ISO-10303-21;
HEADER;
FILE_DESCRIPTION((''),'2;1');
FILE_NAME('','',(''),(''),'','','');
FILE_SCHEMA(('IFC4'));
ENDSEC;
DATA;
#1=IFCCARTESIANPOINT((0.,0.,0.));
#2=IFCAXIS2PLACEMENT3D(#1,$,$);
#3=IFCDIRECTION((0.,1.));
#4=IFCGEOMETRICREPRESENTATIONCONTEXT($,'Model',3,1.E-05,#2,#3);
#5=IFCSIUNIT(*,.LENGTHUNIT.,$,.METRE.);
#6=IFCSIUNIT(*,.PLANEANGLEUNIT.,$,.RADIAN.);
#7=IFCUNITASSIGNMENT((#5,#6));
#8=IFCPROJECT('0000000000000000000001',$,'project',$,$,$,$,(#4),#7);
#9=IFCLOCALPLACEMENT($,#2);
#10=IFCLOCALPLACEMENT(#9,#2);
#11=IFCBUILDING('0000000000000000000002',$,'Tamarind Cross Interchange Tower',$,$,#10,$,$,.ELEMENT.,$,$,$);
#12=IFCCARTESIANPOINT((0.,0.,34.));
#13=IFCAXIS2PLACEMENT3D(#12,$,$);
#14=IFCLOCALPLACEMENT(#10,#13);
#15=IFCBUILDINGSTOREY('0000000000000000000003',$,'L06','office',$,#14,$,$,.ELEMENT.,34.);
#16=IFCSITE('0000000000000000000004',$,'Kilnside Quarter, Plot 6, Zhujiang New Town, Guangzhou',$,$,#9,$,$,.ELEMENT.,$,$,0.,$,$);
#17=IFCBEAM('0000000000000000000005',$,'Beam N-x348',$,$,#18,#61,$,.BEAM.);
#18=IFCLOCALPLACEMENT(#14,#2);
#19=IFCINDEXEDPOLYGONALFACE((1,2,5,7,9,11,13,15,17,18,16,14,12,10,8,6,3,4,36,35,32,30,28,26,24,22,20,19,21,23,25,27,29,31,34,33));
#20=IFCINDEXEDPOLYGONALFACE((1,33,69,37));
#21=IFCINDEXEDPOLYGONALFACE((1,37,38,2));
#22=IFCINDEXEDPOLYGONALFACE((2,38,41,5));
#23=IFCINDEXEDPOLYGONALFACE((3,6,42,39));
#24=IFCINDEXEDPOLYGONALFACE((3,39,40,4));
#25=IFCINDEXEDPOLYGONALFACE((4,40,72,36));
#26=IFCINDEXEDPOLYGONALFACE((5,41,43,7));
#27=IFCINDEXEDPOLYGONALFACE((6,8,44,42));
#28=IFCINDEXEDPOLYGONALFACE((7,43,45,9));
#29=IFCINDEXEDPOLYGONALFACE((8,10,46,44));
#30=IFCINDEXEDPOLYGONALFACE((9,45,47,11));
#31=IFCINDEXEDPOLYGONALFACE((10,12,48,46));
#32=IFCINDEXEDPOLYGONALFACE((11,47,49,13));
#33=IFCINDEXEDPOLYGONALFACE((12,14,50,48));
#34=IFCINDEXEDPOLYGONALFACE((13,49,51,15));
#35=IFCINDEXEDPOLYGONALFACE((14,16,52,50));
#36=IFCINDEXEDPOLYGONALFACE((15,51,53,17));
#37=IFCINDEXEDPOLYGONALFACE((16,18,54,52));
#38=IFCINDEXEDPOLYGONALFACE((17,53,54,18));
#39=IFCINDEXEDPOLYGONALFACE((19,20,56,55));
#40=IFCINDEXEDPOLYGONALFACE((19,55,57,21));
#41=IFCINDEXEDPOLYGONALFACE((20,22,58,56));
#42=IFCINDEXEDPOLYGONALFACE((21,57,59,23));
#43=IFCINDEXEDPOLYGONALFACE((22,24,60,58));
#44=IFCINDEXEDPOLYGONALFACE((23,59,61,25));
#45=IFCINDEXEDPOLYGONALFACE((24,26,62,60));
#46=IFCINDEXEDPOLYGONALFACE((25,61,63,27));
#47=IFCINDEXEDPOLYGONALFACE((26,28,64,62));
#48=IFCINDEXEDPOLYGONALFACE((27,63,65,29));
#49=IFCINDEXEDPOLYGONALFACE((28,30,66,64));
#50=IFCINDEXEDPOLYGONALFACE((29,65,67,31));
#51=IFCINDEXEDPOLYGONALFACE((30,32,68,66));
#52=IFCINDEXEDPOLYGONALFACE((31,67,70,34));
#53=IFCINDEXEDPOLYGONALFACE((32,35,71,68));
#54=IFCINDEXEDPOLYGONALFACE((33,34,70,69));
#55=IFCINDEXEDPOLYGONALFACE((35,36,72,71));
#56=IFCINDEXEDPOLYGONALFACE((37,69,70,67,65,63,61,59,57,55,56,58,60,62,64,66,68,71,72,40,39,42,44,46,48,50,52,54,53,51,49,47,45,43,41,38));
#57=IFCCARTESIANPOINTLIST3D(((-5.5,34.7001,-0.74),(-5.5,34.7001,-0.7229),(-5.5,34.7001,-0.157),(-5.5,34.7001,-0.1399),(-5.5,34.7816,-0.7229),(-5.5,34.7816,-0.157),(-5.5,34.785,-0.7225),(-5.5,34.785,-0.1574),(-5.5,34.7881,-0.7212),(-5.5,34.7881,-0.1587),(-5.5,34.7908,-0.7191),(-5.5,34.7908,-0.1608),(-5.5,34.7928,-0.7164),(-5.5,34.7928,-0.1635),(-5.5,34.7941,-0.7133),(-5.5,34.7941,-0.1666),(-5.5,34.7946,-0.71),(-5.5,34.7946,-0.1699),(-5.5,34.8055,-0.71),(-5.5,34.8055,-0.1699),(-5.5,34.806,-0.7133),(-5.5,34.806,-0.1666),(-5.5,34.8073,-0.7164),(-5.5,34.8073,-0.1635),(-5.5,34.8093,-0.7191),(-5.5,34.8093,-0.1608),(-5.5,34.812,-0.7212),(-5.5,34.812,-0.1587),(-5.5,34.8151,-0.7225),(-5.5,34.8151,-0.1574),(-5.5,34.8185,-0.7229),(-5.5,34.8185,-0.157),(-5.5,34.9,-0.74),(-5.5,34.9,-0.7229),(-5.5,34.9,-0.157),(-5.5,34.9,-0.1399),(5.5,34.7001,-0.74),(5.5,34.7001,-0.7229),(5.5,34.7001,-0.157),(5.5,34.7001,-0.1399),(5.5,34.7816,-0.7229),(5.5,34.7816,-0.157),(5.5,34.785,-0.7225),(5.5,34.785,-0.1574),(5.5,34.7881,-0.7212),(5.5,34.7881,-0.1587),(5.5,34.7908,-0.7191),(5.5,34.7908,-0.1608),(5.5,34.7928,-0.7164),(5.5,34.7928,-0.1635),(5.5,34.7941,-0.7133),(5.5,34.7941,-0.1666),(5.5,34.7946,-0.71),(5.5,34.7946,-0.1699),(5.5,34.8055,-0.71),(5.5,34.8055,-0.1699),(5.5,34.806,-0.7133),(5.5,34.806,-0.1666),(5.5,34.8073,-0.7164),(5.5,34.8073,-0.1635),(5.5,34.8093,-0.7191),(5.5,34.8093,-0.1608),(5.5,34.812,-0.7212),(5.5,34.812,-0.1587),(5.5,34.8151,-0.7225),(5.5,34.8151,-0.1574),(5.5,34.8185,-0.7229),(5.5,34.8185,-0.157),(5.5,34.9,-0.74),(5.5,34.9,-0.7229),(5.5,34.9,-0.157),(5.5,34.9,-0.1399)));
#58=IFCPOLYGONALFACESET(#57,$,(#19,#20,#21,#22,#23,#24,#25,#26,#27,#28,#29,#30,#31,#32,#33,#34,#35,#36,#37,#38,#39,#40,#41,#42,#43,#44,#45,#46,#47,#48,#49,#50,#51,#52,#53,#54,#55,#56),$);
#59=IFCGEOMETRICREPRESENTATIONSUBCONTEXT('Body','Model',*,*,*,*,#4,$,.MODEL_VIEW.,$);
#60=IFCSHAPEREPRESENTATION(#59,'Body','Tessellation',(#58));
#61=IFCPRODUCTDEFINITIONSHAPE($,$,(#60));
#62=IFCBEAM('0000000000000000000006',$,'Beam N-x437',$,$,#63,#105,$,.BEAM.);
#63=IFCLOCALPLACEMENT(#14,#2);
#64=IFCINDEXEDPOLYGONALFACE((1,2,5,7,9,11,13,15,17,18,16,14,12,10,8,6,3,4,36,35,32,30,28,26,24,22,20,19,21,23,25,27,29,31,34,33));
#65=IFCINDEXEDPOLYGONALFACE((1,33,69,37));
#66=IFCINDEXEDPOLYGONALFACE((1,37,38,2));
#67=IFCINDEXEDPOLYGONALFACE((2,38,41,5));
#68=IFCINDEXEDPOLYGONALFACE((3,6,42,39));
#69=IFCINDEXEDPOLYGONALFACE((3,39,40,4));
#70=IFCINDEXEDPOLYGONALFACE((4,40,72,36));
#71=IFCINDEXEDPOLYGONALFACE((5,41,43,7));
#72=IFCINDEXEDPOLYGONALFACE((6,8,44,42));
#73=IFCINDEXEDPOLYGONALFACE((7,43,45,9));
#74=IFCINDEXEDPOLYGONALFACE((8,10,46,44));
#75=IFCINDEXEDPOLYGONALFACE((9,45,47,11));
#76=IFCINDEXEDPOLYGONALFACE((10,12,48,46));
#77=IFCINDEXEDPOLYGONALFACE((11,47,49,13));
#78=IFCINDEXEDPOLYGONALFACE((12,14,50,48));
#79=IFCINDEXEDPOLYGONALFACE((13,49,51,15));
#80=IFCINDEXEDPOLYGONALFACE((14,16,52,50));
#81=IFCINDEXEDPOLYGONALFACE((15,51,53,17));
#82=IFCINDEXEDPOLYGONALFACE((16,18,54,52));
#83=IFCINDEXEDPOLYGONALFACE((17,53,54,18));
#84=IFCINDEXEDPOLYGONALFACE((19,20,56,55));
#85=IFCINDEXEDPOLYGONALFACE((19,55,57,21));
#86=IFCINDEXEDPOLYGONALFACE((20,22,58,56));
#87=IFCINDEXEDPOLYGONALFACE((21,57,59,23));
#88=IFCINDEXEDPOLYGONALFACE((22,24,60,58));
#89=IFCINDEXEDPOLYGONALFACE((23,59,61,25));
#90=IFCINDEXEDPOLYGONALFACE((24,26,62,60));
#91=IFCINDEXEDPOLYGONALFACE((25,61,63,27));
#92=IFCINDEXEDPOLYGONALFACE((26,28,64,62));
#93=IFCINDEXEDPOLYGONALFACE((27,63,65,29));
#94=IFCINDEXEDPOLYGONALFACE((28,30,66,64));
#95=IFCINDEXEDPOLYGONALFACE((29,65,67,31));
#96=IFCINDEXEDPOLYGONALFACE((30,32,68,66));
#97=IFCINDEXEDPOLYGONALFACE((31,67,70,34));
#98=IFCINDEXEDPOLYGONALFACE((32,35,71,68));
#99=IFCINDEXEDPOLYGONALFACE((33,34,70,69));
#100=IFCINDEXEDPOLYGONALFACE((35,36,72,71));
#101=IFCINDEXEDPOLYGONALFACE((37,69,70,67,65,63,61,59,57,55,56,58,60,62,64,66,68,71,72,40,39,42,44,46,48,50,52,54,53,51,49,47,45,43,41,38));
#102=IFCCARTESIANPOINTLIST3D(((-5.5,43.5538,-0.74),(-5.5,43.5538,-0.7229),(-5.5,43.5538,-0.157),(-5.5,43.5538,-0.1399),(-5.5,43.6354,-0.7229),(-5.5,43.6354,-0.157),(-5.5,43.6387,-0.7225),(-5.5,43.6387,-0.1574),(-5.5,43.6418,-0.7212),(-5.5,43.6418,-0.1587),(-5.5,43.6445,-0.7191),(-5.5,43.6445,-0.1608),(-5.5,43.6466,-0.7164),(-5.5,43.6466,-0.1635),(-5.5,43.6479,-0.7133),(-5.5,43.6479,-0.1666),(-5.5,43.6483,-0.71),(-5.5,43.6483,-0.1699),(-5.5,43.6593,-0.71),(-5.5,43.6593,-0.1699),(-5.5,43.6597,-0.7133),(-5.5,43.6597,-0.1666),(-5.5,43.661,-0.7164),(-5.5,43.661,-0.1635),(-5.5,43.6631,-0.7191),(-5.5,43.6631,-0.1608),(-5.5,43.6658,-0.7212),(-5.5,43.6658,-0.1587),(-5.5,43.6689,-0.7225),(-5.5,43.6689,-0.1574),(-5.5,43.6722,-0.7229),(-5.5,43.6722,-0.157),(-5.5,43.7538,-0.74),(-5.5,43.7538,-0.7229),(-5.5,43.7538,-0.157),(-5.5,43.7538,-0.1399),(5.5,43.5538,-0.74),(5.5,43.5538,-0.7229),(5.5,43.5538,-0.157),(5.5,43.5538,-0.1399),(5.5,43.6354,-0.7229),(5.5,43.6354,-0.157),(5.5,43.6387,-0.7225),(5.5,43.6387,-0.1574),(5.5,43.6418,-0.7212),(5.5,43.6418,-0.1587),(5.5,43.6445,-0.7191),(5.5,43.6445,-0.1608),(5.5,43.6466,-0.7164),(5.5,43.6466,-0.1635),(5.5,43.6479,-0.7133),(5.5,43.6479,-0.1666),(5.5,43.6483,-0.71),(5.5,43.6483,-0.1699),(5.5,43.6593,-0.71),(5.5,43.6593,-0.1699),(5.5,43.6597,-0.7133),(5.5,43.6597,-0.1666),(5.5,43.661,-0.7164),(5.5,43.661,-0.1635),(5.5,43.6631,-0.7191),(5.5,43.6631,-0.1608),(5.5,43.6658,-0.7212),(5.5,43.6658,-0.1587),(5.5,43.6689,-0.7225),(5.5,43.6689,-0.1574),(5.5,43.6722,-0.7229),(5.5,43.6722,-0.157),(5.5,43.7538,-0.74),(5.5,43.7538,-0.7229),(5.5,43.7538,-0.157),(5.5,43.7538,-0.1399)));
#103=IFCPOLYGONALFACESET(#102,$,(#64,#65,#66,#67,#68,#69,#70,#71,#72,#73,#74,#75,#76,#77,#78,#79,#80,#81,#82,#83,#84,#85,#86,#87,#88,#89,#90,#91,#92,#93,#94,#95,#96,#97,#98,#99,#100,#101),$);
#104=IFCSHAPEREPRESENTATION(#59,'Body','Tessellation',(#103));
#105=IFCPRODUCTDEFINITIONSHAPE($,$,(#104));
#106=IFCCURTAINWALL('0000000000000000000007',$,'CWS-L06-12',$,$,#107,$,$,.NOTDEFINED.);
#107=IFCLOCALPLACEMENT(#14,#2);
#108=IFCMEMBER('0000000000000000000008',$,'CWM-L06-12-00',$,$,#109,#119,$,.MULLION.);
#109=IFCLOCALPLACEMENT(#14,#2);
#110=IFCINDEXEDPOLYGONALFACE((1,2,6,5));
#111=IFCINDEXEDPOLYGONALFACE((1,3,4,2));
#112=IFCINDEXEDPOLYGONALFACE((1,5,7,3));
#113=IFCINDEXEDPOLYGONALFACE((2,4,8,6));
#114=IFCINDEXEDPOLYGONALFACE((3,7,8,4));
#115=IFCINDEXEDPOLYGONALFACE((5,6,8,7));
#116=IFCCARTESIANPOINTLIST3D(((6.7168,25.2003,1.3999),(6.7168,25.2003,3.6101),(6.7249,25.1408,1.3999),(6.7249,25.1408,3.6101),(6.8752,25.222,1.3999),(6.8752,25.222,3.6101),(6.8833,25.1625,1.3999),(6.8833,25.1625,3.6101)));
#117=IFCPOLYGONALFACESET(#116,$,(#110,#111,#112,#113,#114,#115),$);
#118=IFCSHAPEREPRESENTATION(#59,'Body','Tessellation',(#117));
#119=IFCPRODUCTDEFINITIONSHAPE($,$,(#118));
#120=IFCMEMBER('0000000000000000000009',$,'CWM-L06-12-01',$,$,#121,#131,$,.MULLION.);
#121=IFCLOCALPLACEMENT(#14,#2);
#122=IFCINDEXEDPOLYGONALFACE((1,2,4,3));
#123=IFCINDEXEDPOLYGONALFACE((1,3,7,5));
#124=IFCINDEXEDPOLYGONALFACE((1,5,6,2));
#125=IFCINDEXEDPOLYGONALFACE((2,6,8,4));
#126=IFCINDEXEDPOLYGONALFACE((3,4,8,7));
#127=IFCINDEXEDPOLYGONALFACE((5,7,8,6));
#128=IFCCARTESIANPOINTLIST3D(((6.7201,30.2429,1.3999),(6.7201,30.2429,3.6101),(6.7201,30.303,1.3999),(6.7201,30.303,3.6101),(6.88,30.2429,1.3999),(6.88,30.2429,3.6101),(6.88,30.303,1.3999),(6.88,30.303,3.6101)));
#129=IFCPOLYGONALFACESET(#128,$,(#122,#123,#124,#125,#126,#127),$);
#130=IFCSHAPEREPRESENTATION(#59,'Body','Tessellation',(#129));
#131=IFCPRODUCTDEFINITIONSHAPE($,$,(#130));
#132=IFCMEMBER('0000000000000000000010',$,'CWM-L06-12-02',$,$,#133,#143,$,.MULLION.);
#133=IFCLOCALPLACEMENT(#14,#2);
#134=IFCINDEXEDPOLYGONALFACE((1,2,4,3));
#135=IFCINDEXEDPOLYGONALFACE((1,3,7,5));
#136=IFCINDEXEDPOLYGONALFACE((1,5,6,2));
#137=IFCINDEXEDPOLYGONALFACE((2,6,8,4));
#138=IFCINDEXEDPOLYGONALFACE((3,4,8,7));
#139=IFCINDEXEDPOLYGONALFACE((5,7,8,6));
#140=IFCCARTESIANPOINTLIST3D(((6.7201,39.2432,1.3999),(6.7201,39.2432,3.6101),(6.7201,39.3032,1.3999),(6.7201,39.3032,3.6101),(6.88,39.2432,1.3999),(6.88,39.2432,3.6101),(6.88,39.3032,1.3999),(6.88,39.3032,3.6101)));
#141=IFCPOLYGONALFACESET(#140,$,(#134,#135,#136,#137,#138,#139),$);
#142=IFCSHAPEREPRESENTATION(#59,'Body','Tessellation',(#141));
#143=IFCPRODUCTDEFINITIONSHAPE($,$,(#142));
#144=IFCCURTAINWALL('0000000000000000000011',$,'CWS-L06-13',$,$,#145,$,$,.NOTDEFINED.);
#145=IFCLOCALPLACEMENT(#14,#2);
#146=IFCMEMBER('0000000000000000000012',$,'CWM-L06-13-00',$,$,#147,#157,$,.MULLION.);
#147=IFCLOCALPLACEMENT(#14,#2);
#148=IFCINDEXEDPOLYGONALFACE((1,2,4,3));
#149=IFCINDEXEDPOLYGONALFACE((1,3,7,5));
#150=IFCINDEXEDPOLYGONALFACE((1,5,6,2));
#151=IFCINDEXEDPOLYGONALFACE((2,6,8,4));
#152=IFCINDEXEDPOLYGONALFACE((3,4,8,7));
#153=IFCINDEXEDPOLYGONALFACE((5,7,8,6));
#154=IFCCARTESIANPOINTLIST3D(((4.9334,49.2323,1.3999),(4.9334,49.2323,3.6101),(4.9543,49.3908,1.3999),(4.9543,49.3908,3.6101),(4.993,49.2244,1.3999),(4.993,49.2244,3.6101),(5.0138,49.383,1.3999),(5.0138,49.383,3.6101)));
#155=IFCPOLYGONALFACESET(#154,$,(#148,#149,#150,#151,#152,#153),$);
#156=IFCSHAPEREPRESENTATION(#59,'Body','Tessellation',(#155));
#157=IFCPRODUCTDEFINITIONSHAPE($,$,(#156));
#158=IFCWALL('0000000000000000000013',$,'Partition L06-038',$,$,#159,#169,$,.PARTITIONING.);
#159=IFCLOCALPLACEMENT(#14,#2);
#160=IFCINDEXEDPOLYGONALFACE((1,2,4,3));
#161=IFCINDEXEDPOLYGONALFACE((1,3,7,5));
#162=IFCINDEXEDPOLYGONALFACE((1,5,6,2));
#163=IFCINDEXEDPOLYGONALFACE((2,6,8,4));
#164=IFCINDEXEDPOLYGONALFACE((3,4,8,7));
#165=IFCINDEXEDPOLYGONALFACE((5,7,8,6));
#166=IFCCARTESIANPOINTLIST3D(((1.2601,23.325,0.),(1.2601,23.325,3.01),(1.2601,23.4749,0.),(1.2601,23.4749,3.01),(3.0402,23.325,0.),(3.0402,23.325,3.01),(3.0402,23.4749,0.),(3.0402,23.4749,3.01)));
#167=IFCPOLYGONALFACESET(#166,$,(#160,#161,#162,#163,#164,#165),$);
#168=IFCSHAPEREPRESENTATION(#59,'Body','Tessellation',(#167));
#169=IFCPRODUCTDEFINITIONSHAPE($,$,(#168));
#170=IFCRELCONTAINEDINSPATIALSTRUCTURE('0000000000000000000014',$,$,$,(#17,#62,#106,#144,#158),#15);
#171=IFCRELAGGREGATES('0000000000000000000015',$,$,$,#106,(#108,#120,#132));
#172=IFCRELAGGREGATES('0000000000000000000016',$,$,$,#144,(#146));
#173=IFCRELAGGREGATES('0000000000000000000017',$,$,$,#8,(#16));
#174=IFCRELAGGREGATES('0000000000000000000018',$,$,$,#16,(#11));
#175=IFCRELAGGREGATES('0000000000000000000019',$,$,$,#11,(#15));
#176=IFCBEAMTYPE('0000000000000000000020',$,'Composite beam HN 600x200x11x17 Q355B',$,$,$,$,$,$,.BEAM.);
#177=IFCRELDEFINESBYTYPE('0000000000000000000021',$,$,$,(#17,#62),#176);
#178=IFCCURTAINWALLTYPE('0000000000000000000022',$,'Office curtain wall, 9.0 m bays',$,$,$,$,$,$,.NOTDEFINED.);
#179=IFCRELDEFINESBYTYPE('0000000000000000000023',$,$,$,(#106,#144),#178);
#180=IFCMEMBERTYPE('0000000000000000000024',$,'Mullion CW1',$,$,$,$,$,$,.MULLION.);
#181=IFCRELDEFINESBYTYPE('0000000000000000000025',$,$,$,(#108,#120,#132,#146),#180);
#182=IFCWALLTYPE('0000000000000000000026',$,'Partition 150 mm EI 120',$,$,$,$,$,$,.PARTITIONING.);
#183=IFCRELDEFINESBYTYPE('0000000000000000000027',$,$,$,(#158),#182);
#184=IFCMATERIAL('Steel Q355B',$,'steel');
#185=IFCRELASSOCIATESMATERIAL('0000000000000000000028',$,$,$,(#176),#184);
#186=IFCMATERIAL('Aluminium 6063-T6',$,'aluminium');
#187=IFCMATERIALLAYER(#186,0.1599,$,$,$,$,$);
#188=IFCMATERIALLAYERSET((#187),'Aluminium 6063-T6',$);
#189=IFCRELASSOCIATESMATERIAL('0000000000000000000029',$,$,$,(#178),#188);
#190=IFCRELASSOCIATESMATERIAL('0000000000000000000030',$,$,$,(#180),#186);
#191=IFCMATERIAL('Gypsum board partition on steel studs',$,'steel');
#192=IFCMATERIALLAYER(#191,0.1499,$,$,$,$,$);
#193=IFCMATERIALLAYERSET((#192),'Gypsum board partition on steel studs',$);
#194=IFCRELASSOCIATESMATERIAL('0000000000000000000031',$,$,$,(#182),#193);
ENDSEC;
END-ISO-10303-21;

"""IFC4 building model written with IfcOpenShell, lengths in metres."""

from ifc_helpers import new_model, si_unit, direction, frame, frame_2d, origin, origin_2d, place, context, subcontext, project, spatial, rectangle, i_section, extrude, material, layer, layer_set, material_profile, profile_set, type_object, element, aggregate, save


model = new_model("IFC4")

# Units and contexts
model_context = context("Model", 3, precision=1e-05, world=origin(), true_north=direction((0.0, 1.0)))
body_context = subcontext(model_context, "Body", "Model", "MODEL_VIEW")
ifc_project = project(units=[si_unit("LENGTHUNIT", "METRE"), si_unit("PLANEANGLEUNIT", "RADIAN")], contexts=[model_context])

# Site, building, storey
site_placement = place(None, origin())
site = spatial("IfcSite", under=ifc_project, at=site_placement, Name="Kilnside Quarter, Plot 6, Zhujiang New Town, Guangzhou", CompositionType="ELEMENT", RefElevation=0.0)
building_placement = place(site_placement, origin())
building = spatial("IfcBuilding", under=site, at=building_placement, Name="Tamarind Cross Interchange Tower", CompositionType="ELEMENT")
storey_placement = place(building_placement, frame((0.0, 0.0, 34.0)))
storey = spatial("IfcBuildingStorey", under=building, at=storey_placement, Name="L06", Description="office", CompositionType="ELEMENT", Elevation=34.0)

# Beams
ifc_material_1 = material(Name="Steel Q355B", Category="steel")
ifc_material_profile_1 = material_profile(ifc_material_1, i_section(OverallWidth=0.2, OverallDepth=0.6001, WebThickness=0.011, FlangeThickness=0.0171, FilletRadius=0.0129, at=origin_2d()), Name="HN 600x200x11x17")
ifc_profile_set_1 = profile_set([ifc_material_profile_1], Name="Steel Q355B")
beam_type_1 = type_object("IfcBeamType", Name="Composite beam HN 600x200x11x17 Q355B", PredefinedType="BEAM", material=ifc_profile_set_1)
for number, where, z_axis, x_axis, name in (
    (1, (5.5, 34.8, -0.4399), (-1.0, 0.0, 0.0), (0.0, -1.0, 0.0), "Beam N-x348"),
    (2, (5.5, 43.6538, -0.4399), (-1.0, 0.0, 0.0), (0.0, -1.0, 0.0), "Beam N-x437"),
):
    element("IfcBeam", number, at=place(storey_placement, frame(where, z_axis=z_axis, x_axis=x_axis)), inside=storey, type_object=beam_type_1, Name=name, PredefinedType="BEAM", context=body_context, shape_type="SweptSolid", body=[
        extrude(i_section(OverallWidth=0.2, OverallDepth=0.6001, WebThickness=0.011, FlangeThickness=0.0171, FilletRadius=0.0129, at=origin_2d()), origin(), (0.0, 0.0, 1.0), 11.0),
    ])

# Curtain wall, members
ifc_material_2 = material(Name="Aluminium 6063-T6", Category="aluminium")
ifc_layer_1 = layer(ifc_material_2, 0.1599)
ifc_layer_set_1 = layer_set([ifc_layer_1], Name="Aluminium 6063-T6")
curtain_wall_type = type_object("IfcCurtainWallType", Name="Office curtain wall, 9.0 m bays", PredefinedType="NOTDEFINED", material=ifc_layer_set_1)
curtain_wall_1_placement = place(storey_placement, origin())
curtain_wall_1 = element("IfcCurtainWall", 3, at=curtain_wall_1_placement, inside=storey, type_object=curtain_wall_type, Name="CWS-L06-12", PredefinedType="NOTDEFINED")
ifc_material_profile_2 = material_profile(ifc_material_2, rectangle(XDim=0.0601, YDim=0.1599, at=origin_2d()), Name="Mullion CW1")
ifc_profile_set_2 = profile_set([ifc_material_profile_2], Name="Aluminium 6063-T6")
member_type = type_object("IfcMemberType", Name="Mullion CW1", PredefinedType="MULLION", material=ifc_profile_set_2)
member_1_placement = place(storey_placement, frame((6.8, 25.1814, 1.3999), z_axis=(0.0, 0.0, 1.0), x_axis=(-0.135689, 0.990751, 0.0)))
member_1 = element("IfcMember", 4, at=member_1_placement, type_object=member_type, Name="CWM-L06-12-00", PredefinedType="MULLION", context=body_context, shape_type="SweptSolid", body=[
    extrude(rectangle(XDim=0.0601, YDim=0.1599, at=origin_2d()), origin(), (0.0, 0.0, 1.0), 2.2102),
])
member_2_placement = place(storey_placement, frame((6.8, 30.2729, 1.3999), z_axis=(0.0, 0.0, 1.0), x_axis=(0.0, 1.0, 0.0)))
member_2 = element("IfcMember", 5, at=member_2_placement, type_object=member_type, Name="CWM-L06-12-01", PredefinedType="MULLION", context=body_context, shape_type="SweptSolid", body=[
    extrude(rectangle(XDim=0.0601, YDim=0.1599, at=origin_2d()), origin(), (0.0, 0.0, 1.0), 2.2102),
])
member_3_placement = place(storey_placement, frame((6.8, 39.2732, 1.3999), z_axis=(0.0, 0.0, 1.0), x_axis=(0.0, 1.0, 0.0)))
member_3 = element("IfcMember", 6, at=member_3_placement, type_object=member_type, Name="CWM-L06-12-02", PredefinedType="MULLION", context=body_context, shape_type="SweptSolid", body=[
    extrude(rectangle(XDim=0.0601, YDim=0.1599, at=origin_2d()), origin(), (0.0, 0.0, 1.0), 2.2102),
])
aggregate(curtain_wall_1, [member_1, member_2, member_3])

# Curtain wall, member
curtain_wall_2_placement = place(storey_placement, origin())
curtain_wall_2 = element("IfcCurtainWall", 7, at=curtain_wall_2_placement, inside=storey, type_object=curtain_wall_type, Name="CWS-L06-13", PredefinedType="NOTDEFINED")
member_4_placement = place(storey_placement, frame((4.9736, 49.3076, 1.3999), z_axis=(0.0, 0.0, 1.0), x_axis=(-0.991445, 0.130526, 0.0)))
member_4 = element("IfcMember", 8, at=member_4_placement, type_object=member_type, Name="CWM-L06-13-00", PredefinedType="MULLION", context=body_context, shape_type="SweptSolid", body=[
    extrude(rectangle(XDim=0.0601, YDim=0.1599, at=origin_2d()), origin(), (0.0, 0.0, 1.0), 2.2102),
])
aggregate(curtain_wall_2, [member_4])

# Wall
ifc_material_3 = material(Name="Gypsum board partition on steel studs", Category="steel")
ifc_layer_2 = layer(ifc_material_3, 0.1499)
ifc_layer_set_2 = layer_set([ifc_layer_2], Name="Gypsum board partition on steel studs")
wall_type_1 = type_object("IfcWallType", Name="Partition 150 mm EI 120", PredefinedType="PARTITIONING", material=ifc_layer_set_2)
wall_1_placement = place(storey_placement, frame((1.26, 23.3999, 0.0), z_axis=(0.0, 0.0, 1.0), x_axis=(1.0, 0.0, 0.0)))
element("IfcWall", 9, at=wall_1_placement, inside=storey, type_object=wall_type_1, Name="Partition L06-038", PredefinedType="PARTITIONING", context=body_context, shape_type="SweptSolid", body=[
    extrude(rectangle(XDim=1.78, YDim=0.1499, at=frame_2d((0.8901, 0.0))), origin(), (0.0, 0.0, 1.0), 3.01),
])

save(model, "model.ifc")
